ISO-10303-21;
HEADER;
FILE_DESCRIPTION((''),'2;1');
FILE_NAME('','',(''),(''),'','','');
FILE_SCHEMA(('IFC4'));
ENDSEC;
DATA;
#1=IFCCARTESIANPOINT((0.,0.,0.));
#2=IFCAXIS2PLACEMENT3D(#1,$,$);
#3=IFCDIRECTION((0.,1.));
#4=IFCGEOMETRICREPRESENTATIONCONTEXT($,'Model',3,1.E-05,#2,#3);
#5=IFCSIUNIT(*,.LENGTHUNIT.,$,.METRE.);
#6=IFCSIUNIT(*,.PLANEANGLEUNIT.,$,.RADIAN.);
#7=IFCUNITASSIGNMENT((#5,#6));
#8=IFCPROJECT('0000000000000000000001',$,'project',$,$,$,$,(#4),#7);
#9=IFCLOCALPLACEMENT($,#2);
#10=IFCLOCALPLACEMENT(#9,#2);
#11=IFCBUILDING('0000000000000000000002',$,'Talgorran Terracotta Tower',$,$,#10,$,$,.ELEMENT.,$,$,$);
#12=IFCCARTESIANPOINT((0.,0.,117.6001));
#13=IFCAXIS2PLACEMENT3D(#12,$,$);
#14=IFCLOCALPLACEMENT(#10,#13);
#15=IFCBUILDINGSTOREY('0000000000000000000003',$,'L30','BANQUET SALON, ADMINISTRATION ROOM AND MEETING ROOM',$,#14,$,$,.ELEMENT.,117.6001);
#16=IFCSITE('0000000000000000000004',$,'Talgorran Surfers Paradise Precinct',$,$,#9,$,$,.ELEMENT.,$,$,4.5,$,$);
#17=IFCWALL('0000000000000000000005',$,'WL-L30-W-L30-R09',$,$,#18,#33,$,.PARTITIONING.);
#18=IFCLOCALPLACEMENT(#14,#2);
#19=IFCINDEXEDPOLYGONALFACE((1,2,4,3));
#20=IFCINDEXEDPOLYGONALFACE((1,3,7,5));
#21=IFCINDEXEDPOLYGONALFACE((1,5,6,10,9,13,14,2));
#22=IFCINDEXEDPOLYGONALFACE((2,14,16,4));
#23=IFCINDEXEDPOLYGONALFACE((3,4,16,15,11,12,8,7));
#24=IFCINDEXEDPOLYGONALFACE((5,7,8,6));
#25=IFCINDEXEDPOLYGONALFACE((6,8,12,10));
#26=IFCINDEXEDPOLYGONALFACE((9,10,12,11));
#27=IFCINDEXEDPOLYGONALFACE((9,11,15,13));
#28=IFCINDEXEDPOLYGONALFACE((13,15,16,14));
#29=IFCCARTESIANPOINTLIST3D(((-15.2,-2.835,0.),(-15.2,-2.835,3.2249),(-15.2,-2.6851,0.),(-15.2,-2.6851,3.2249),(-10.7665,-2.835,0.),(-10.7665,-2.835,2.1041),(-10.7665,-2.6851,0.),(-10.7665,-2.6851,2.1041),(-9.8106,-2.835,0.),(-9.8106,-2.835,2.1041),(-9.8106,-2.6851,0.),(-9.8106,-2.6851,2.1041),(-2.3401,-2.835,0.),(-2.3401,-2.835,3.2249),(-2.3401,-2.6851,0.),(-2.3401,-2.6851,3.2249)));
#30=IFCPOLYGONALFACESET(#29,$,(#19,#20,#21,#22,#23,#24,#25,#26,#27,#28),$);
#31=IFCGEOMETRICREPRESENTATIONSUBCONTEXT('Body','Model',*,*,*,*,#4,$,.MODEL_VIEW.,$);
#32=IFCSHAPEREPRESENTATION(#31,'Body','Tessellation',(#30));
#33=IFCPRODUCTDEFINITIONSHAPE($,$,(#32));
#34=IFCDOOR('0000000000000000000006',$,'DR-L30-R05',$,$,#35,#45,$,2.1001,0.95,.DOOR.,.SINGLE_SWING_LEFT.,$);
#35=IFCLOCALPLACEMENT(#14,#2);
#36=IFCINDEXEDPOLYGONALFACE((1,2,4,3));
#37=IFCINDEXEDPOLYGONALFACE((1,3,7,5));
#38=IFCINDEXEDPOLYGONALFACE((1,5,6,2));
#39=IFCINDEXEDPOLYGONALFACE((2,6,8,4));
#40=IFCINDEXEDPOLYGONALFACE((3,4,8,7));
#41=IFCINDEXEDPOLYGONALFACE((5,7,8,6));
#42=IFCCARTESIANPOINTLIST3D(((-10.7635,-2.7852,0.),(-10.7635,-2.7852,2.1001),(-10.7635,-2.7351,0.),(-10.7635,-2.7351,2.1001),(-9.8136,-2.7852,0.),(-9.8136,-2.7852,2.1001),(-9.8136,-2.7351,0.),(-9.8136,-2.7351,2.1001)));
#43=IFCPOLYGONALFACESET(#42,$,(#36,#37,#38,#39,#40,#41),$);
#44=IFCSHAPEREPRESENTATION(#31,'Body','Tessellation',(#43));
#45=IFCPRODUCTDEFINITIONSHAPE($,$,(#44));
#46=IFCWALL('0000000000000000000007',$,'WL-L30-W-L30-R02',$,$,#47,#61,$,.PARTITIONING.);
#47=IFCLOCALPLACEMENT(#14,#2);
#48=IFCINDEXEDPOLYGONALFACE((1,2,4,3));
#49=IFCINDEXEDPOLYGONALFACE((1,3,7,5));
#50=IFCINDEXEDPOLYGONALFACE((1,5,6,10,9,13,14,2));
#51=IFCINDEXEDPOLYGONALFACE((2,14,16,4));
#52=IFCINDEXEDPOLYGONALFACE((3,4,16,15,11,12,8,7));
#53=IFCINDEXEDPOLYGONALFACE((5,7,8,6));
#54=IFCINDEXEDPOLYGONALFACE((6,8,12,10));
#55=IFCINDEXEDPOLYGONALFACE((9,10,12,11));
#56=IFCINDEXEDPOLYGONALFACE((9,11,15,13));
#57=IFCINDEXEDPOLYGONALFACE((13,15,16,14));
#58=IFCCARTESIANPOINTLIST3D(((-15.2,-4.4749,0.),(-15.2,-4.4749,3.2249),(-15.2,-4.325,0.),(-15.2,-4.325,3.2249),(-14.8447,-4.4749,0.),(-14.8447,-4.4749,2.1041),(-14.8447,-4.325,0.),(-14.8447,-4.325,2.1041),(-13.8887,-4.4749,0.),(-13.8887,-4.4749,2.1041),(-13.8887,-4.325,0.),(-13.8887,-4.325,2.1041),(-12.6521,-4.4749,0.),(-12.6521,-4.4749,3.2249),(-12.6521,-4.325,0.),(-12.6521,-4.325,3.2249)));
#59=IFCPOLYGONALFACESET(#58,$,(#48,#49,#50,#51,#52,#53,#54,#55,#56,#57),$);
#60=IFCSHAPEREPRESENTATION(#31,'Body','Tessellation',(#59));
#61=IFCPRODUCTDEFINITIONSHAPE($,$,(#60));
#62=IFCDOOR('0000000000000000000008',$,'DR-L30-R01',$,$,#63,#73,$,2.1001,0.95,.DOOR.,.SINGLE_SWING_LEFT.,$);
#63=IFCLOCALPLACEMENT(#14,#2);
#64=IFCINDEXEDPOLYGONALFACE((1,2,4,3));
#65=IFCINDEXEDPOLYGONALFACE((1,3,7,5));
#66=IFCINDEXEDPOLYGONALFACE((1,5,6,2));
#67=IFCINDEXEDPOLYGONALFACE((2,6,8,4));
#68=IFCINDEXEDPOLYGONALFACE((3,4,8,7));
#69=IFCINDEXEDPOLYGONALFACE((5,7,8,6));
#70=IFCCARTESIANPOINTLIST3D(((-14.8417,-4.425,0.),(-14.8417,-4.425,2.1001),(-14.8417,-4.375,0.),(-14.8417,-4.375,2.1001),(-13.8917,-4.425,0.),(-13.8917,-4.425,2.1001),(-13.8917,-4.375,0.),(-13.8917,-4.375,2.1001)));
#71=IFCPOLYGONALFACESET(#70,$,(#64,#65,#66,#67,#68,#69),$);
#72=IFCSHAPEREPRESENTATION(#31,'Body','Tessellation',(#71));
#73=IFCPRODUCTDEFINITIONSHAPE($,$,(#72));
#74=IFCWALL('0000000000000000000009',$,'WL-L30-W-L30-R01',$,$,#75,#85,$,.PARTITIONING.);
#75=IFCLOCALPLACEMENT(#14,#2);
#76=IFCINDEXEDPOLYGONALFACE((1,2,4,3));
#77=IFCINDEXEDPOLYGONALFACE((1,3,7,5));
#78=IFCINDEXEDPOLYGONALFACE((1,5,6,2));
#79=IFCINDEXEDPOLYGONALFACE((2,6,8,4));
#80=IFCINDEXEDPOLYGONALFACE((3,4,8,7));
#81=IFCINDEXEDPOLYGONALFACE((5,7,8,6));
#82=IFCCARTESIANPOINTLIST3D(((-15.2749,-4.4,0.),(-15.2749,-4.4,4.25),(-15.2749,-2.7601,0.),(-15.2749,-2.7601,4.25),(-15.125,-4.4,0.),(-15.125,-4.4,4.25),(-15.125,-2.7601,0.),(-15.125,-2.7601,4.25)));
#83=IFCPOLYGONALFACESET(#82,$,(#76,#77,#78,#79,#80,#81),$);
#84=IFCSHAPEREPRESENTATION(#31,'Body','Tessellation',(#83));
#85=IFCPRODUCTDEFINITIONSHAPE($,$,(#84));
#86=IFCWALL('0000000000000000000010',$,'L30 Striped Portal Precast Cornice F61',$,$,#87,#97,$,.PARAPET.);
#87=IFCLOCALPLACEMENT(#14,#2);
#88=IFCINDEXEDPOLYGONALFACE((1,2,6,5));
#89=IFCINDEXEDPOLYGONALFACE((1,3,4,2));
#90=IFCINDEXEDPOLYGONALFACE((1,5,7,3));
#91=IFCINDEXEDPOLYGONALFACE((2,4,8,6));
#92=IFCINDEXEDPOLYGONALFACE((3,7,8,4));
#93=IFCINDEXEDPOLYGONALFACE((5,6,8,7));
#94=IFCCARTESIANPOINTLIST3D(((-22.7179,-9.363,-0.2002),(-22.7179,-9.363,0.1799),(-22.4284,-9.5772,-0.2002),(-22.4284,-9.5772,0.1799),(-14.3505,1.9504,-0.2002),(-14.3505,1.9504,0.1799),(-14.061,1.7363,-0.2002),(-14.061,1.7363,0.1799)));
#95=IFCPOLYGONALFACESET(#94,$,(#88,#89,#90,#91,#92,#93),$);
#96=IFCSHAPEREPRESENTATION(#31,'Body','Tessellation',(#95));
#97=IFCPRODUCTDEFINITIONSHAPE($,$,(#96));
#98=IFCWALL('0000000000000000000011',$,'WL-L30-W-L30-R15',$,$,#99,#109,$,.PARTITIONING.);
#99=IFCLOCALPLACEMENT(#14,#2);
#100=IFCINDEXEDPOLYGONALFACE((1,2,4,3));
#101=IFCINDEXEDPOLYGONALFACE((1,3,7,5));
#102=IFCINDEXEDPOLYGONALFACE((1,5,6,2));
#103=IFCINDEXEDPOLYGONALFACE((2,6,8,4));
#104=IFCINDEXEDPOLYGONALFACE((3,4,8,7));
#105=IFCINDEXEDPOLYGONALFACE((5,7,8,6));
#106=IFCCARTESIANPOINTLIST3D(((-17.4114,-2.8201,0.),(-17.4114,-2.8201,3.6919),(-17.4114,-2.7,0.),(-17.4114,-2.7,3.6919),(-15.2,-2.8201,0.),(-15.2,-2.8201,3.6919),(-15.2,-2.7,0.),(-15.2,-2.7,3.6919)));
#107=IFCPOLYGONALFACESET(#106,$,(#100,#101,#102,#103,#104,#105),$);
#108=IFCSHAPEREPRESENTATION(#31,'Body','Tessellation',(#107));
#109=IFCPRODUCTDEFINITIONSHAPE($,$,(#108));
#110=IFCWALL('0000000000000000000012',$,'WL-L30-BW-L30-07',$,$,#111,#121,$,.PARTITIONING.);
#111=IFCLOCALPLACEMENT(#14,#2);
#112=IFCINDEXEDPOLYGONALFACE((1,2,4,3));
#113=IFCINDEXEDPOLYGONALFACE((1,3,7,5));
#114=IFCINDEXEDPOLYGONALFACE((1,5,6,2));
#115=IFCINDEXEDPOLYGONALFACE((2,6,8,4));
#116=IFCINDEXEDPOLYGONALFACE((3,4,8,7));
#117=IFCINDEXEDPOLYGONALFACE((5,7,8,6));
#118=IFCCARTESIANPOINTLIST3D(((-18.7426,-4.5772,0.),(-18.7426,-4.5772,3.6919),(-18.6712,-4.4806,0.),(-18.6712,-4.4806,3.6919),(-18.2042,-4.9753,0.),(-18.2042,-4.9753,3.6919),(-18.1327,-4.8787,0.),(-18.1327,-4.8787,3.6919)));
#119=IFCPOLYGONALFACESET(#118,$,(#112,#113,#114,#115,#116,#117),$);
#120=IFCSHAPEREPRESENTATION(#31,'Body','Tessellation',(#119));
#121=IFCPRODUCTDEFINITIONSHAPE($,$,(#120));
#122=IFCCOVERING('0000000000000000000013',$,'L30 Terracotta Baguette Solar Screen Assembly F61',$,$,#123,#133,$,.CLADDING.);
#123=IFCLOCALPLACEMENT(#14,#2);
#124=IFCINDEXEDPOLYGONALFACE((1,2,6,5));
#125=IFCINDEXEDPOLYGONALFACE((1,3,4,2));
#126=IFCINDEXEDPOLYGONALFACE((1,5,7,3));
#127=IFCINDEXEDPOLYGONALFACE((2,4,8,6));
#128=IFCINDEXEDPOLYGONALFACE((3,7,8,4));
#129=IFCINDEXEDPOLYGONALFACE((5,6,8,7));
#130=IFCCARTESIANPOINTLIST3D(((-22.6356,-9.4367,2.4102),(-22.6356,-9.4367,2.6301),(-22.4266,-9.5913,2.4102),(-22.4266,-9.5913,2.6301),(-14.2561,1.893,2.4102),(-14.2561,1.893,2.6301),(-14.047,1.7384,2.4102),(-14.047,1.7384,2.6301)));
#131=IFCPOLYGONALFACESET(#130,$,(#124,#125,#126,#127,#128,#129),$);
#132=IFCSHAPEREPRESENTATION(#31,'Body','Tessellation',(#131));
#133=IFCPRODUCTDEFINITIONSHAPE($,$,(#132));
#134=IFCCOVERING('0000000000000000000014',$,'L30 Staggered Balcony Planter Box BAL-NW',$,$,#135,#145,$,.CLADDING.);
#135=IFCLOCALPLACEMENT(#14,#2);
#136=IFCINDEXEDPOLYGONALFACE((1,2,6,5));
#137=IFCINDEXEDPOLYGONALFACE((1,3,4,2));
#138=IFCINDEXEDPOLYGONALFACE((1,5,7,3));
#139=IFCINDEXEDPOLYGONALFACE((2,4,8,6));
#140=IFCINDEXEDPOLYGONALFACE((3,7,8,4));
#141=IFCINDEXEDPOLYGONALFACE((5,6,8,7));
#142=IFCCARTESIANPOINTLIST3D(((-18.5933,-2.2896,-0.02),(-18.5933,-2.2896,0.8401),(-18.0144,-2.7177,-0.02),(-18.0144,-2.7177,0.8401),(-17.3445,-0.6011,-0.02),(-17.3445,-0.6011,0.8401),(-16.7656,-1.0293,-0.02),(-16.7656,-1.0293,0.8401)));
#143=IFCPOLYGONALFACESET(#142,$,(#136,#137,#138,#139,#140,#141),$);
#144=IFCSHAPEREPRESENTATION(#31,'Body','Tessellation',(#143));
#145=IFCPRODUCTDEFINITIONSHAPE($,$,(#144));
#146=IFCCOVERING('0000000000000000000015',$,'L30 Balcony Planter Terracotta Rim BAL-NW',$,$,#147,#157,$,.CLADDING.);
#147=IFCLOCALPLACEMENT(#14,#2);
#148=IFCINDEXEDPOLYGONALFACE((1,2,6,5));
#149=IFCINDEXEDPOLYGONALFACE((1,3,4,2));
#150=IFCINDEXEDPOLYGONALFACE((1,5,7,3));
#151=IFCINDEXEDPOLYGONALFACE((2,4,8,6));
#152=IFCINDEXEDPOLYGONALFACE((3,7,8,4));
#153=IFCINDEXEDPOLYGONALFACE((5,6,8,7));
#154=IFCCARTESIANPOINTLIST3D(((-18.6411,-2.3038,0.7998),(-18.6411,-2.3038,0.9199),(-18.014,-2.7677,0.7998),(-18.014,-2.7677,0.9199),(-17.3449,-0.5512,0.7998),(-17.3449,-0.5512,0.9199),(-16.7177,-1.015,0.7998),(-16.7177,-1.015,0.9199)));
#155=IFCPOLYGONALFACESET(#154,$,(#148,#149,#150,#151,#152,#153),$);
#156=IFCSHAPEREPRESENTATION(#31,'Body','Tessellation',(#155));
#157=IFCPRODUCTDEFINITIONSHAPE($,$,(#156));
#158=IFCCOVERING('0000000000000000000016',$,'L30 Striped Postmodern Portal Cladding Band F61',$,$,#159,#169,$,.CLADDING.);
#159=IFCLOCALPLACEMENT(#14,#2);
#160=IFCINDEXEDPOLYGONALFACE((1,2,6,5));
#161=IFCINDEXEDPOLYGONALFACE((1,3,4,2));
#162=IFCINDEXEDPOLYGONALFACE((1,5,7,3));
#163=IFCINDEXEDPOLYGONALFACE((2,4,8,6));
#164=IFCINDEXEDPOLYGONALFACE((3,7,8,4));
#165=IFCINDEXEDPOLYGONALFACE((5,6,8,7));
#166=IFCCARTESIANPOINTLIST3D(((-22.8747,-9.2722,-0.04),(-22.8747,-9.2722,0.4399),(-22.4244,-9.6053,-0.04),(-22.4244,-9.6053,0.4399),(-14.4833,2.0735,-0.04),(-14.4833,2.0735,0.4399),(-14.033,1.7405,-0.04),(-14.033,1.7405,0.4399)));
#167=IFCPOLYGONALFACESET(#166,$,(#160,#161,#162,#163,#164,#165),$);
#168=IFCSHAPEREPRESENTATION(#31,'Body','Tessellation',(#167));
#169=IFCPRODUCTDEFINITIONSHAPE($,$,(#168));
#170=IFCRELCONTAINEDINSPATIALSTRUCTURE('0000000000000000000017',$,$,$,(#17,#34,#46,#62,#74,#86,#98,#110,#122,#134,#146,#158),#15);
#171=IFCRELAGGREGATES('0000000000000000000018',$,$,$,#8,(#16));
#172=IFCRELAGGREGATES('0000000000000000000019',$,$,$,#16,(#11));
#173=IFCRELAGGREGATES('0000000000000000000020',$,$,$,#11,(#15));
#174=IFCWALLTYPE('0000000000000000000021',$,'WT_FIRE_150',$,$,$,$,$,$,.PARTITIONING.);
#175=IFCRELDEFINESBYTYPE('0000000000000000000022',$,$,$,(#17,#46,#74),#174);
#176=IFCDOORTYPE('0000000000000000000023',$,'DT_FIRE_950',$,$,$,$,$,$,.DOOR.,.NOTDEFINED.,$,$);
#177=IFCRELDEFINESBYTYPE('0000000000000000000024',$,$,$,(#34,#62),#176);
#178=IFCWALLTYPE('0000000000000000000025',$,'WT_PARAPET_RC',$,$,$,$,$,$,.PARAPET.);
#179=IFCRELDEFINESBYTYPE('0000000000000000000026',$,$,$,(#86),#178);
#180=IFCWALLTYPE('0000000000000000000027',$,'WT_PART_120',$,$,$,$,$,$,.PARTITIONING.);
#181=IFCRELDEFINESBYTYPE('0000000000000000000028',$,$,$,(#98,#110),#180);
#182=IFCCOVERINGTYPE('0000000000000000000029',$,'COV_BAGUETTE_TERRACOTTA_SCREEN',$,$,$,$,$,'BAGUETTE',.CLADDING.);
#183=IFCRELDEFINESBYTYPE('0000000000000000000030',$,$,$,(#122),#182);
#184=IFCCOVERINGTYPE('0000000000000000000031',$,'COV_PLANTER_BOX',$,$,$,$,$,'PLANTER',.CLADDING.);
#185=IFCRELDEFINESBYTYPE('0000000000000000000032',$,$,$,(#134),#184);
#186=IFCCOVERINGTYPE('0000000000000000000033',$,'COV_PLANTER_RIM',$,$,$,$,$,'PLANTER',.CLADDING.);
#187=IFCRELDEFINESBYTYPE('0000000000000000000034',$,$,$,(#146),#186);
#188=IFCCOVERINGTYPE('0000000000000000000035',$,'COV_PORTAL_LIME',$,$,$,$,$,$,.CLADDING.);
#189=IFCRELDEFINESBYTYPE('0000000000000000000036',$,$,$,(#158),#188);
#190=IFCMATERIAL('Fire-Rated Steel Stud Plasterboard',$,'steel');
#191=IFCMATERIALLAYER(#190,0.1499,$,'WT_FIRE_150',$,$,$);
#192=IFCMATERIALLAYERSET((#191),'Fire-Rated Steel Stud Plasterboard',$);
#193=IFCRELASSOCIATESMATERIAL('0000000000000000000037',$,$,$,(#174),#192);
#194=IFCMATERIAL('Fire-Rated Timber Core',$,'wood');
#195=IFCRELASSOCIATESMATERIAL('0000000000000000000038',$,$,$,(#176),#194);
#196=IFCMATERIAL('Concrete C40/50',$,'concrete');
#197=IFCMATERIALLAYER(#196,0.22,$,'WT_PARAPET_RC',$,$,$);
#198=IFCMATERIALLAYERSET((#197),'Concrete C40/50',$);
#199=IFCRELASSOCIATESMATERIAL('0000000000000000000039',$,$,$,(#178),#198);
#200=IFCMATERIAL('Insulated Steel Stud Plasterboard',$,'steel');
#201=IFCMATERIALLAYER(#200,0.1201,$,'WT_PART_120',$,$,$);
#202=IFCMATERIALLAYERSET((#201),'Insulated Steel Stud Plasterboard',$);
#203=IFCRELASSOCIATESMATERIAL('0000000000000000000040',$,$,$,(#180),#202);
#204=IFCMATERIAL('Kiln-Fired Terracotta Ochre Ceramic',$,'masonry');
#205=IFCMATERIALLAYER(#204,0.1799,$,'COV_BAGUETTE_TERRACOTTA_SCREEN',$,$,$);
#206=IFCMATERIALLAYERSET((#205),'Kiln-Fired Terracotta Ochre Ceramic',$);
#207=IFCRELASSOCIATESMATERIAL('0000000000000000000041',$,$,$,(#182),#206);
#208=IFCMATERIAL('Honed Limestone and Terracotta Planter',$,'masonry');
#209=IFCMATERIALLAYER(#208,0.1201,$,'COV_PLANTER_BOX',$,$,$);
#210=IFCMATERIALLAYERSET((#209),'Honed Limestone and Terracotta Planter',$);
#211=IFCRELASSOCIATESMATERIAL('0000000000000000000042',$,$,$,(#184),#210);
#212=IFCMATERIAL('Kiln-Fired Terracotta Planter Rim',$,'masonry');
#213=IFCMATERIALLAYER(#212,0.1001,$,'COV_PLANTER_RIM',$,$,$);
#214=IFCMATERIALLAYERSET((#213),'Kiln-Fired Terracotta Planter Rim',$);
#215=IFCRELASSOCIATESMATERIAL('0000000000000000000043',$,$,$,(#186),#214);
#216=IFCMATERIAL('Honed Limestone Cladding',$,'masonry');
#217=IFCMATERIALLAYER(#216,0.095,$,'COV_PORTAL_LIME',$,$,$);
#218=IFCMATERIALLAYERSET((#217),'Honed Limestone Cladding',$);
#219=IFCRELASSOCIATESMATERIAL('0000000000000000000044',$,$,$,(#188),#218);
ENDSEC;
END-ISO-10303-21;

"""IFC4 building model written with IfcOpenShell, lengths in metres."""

from ifc_helpers import new_model, si_unit, direction, frame, frame_2d, origin, origin_2d, place, context, subcontext, project, spatial, rectangle, extrude, material, layer, layer_set, type_object, element, fill, save


model = new_model("IFC4")

# Units and contexts
model_context = context("Model", 3, precision=1e-05, world=origin(), true_north=direction((0.0, 1.0)))
body_context = subcontext(model_context, "Body", "Model", "MODEL_VIEW")
ifc_project = project(units=[si_unit("LENGTHUNIT", "METRE"), si_unit("PLANEANGLEUNIT", "RADIAN")], contexts=[model_context])

# Site, building, storey
site_placement = place(None, origin())
site = spatial("IfcSite", under=ifc_project, at=site_placement, Name="Talgorran Surfers Paradise Precinct", CompositionType="ELEMENT", RefElevation=4.5)
building_placement = place(site_placement, origin())
building = spatial("IfcBuilding", under=site, at=building_placement, Name="Talgorran Terracotta Tower", CompositionType="ELEMENT")
storey_placement = place(building_placement, frame((0.0, 0.0, 117.6001)))
storey = spatial("IfcBuildingStorey", under=building, at=storey_placement, Name="L30", Description="BANQUET SALON, ADMINISTRATION ROOM AND MEETING ROOM", CompositionType="ELEMENT", Elevation=117.6001)

# Walls, openings, doors
ifc_material_1 = material(Name="Fire-Rated Steel Stud Plasterboard", Category="steel")
ifc_layer_1 = layer(ifc_material_1, 0.1499, Name="WT_FIRE_150")
ifc_layer_set_1 = layer_set([ifc_layer_1], Name="Fire-Rated Steel Stud Plasterboard")
wall_type_1 = type_object("IfcWallType", Name="WT_FIRE_150", PredefinedType="PARTITIONING", material=ifc_layer_set_1)
wall_1_placement = place(storey_placement, frame((-15.2, -2.76, 0.0), z_axis=(0.0, 0.0, 1.0), x_axis=(1.0, 0.0, 0.0)))
wall_1 = element("IfcWall", 1, at=wall_1_placement, inside=storey, type_object=wall_type_1, Name="WL-L30-W-L30-R09", PredefinedType="PARTITIONING", context=body_context, shape_type="SweptSolid", body=[
    extrude(rectangle(XDim=12.8599, YDim=0.1499, at=frame_2d((6.4299, 0.0))), origin(), (0.0, 0.0, 1.0), 3.2249),
])
opening_1_placement = place(wall_1_placement, frame((4.4363, 0.0, 0.0)))
opening_1 = element("IfcOpeningElement", 2, at=opening_1_placement, cuts=wall_1, PredefinedType="OPENING", context=body_context, shape_type="SweptSolid", body=[
    extrude(rectangle(XDim=0.956, YDim=2.1041, at=frame_2d((0.4751, 1.052))), frame((0.0, 0.085, 0.0), z_axis=(0.0, -1.0, 0.0), x_axis=(1.0, 0.0, 0.0)), (0.0, 0.0, 1.0), 0.1699),
])
ifc_material_2 = material(Name="Fire-Rated Timber Core", Category="wood")
door_type_1 = type_object("IfcDoorType", Name="DT_FIRE_950", OperationType="NOTDEFINED", PredefinedType="DOOR", material=ifc_material_2)
door_1_placement = place(opening_1_placement, origin())
door_1 = element("IfcDoor", 3, at=door_1_placement, inside=storey, type_object=door_type_1, Name="DR-L30-R05", OperationType="SINGLE_SWING_LEFT", OverallHeight=2.1001, OverallWidth=0.95, PredefinedType="DOOR", context=body_context, shape_type="SweptSolid", body=[
    extrude(rectangle(XDim=0.95, YDim=2.1001, at=frame_2d((0.4751, 1.05))), frame((0.0, 0.0249, 0.0), z_axis=(0.0, -1.0, 0.0), x_axis=(1.0, 0.0, 0.0)), (0.0, 0.0, 1.0), 0.05),
])
fill(opening_1, door_1)
wall_2_placement = place(storey_placement, frame((-15.2, -4.3999, 0.0), z_axis=(0.0, 0.0, 1.0), x_axis=(1.0, 0.0, 0.0)))
wall_2 = element("IfcWall", 4, at=wall_2_placement, inside=storey, type_object=wall_type_1, Name="WL-L30-W-L30-R02", PredefinedType="PARTITIONING", context=body_context, shape_type="SweptSolid", body=[
    extrude(rectangle(XDim=2.5479, YDim=0.1499, at=frame_2d((1.2739, 0.0))), origin(), (0.0, 0.0, 1.0), 3.2249),
])
opening_2_placement = place(wall_2_placement, frame((0.3582, 0.0, 0.0)))
opening_2 = element("IfcOpeningElement", 5, at=opening_2_placement, cuts=wall_2, PredefinedType="OPENING", context=body_context, shape_type="SweptSolid", body=[
    extrude(rectangle(XDim=0.956, YDim=2.1041, at=frame_2d((0.4751, 1.052))), frame((0.0, 0.085, 0.0), z_axis=(0.0, -1.0, 0.0), x_axis=(1.0, 0.0, 0.0)), (0.0, 0.0, 1.0), 0.1699),
])
door_2_placement = place(opening_2_placement, origin())
door_2 = element("IfcDoor", 6, at=door_2_placement, inside=storey, type_object=door_type_1, Name="DR-L30-R01", OperationType="SINGLE_SWING_LEFT", OverallHeight=2.1001, OverallWidth=0.95, PredefinedType="DOOR", context=body_context, shape_type="SweptSolid", body=[
    extrude(rectangle(XDim=0.95, YDim=2.1001, at=frame_2d((0.4751, 1.05))), frame((0.0, 0.0249, 0.0), z_axis=(0.0, -1.0, 0.0), x_axis=(1.0, 0.0, 0.0)), (0.0, 0.0, 1.0), 0.05),
])
fill(opening_2, door_2)

# Walls
wall_3_placement = place(storey_placement, frame((-15.2, -4.3999, 0.0), z_axis=(0.0, 0.0, 1.0), x_axis=(0.0, 1.0, 0.0)))
element("IfcWall", 7, at=wall_3_placement, inside=storey, type_object=wall_type_1, Name="WL-L30-W-L30-R01", PredefinedType="PARTITIONING", context=body_context, shape_type="SweptSolid", body=[
    extrude(rectangle(XDim=1.6399, YDim=0.1499, at=frame_2d((0.8198, 0.0))), origin(), (0.0, 0.0, 1.0), 4.25),
])
ifc_material_3 = material(Name="Concrete C40/50", Category="concrete")
ifc_layer_2 = layer(ifc_material_3, 0.22, Name="WT_PARAPET_RC")
ifc_layer_set_2 = layer_set([ifc_layer_2], Name="Concrete C40/50")
wall_type_2 = type_object("IfcWallType", Name="WT_PARAPET_RC", PredefinedType="PARAPET", material=ifc_layer_set_2)
wall_4_placement = place(storey_placement, frame((-14.2058, 1.8433, -0.2002), z_axis=(0.0, 0.0, 1.0), x_axis=(-0.594634, -0.803996, 0.0)))
element("IfcWall", 8, at=wall_4_placement, inside=storey, type_object=wall_type_2, Name="L30 Striped Portal Precast Cornice F61", PredefinedType="PARAPET", context=body_context, shape_type="SweptSolid", body=[
    extrude(rectangle(XDim=14.0715, YDim=0.3601, at=frame_2d((7.0356, 0.0))), origin(), (0.0, 0.0, 1.0), 0.3801),
])
ifc_material_4 = material(Name="Insulated Steel Stud Plasterboard", Category="steel")
ifc_layer_3 = layer(ifc_material_4, 0.1201, Name="WT_PART_120")
ifc_layer_set_3 = layer_set([ifc_layer_3], Name="Insulated Steel Stud Plasterboard")
wall_type_3 = type_object("IfcWallType", Name="WT_PART_120", PredefinedType="PARTITIONING", material=ifc_layer_set_3)
wall_5_placement = place(storey_placement, frame((-17.4114, -2.76, 0.0), z_axis=(0.0, 0.0, 1.0), x_axis=(1.0, 0.0, 0.0)))
element("IfcWall", 9, at=wall_5_placement, inside=storey, type_object=wall_type_3, Name="WL-L30-W-L30-R15", PredefinedType="PARTITIONING", context=body_context, shape_type="SweptSolid", body=[
    extrude(rectangle(XDim=2.2114, YDim=0.1201, at=frame_2d((1.1057, 0.0))), origin(), (0.0, 0.0, 1.0), 3.6919),
])
wall_6_placement = place(storey_placement, frame((-18.707, -4.5288, 0.0), z_axis=(0.0, 0.0, 1.0), x_axis=(0.804093, -0.594504, 0.0)))
element("IfcWall", 10, at=wall_6_placement, inside=storey, type_object=wall_type_3, Name="WL-L30-BW-L30-07", PredefinedType="PARTITIONING", context=body_context, shape_type="SweptSolid", body=[
    extrude(rectangle(XDim=0.6697, YDim=0.1201, at=frame_2d((0.335, 0.0))), origin(), (0.0, 0.0, 1.0), 3.6919),
])

# Coverings
ifc_material_5 = material(Name="Kiln-Fired Terracotta Ochre Ceramic", Category="masonry")
ifc_layer_4 = layer(ifc_material_5, 0.1799, Name="COV_BAGUETTE_TERRACOTTA_SCREEN")
ifc_layer_set_4 = layer_set([ifc_layer_4], Name="Kiln-Fired Terracotta Ochre Ceramic")
covering_type_1 = type_object("IfcCoveringType", Name="COV_BAGUETTE_TERRACOTTA_SCREEN", ElementType="BAGUETTE", PredefinedType="CLADDING", material=ifc_layer_set_4)
covering_1_placement = place(storey_placement, frame((-18.3413, -3.8491, 2.4102), z_axis=(0.0, 0.0, 1.0), x_axis=(-0.59464, -0.803992, 0.0)))
element("IfcCovering", 11, at=covering_1_placement, inside=storey, type_object=covering_type_1, Name="L30 Terracotta Baguette Solar Screen Assembly F61", PredefinedType="CLADDING", context=body_context, shape_type="SweptSolid", body=[
    extrude(rectangle(XDim=14.0918, YDim=0.26, at=origin_2d()), origin(), (0.0, 0.0, 1.0), 0.22),
])
ifc_material_6 = material(Name="Honed Limestone and Terracotta Planter", Category="masonry")
ifc_layer_5 = layer(ifc_material_6, 0.1201, Name="COV_PLANTER_BOX")
ifc_layer_set_5 = layer_set([ifc_layer_5], Name="Honed Limestone and Terracotta Planter")
covering_type_2 = type_object("IfcCoveringType", Name="COV_PLANTER_BOX", ElementType="PLANTER", PredefinedType="CLADDING", material=ifc_layer_set_5)
covering_2_placement = place(storey_placement, frame((-17.6794, -1.6594, -0.02), z_axis=(0.0, 0.0, 1.0), x_axis=(-0.59464, -0.803992, 0.0)))
element("IfcCovering", 12, at=covering_2_placement, inside=storey, type_object=covering_type_2, Name="L30 Staggered Balcony Planter Box BAL-NW", PredefinedType="CLADDING", context=body_context, shape_type="SweptSolid", body=[
    extrude(rectangle(XDim=2.1001, YDim=0.72, at=origin_2d()), origin(), (0.0, 0.0, 1.0), 0.8601),
])
ifc_material_7 = material(Name="Kiln-Fired Terracotta Planter Rim", Category="masonry")
ifc_layer_6 = layer(ifc_material_7, 0.1001, Name="COV_PLANTER_RIM")
ifc_layer_set_6 = layer_set([ifc_layer_6], Name="Kiln-Fired Terracotta Planter Rim")
covering_type_3 = type_object("IfcCoveringType", Name="COV_PLANTER_RIM", ElementType="PLANTER", PredefinedType="CLADDING", material=ifc_layer_set_6)
covering_3_placement = place(storey_placement, frame((-17.6794, -1.6594, 0.7998), z_axis=(0.0, 0.0, 1.0), x_axis=(-0.59464, -0.803992, 0.0)))
element("IfcCovering", 13, at=covering_3_placement, inside=storey, type_object=covering_type_3, Name="L30 Balcony Planter Terracotta Rim BAL-NW", PredefinedType="CLADDING", context=body_context, shape_type="SweptSolid", body=[
    extrude(rectangle(XDim=2.1799, YDim=0.78, at=origin_2d()), origin(), (0.0, 0.0, 1.0), 0.1201),
])
ifc_material_8 = material(Name="Honed Limestone Cladding", Category="masonry")
ifc_layer_7 = layer(ifc_material_8, 0.095, Name="COV_PORTAL_LIME")
ifc_layer_set_7 = layer_set([ifc_layer_7], Name="Honed Limestone Cladding")
covering_type_4 = type_object("IfcCoveringType", Name="COV_PORTAL_LIME", PredefinedType="CLADDING", material=ifc_layer_set_7)
covering_4_placement = place(storey_placement, frame((-18.4539, -3.7659, -0.04), z_axis=(0.0, 0.0, 1.0), x_axis=(-0.59464, -0.803992, 0.0)))
element("IfcCovering", 14, at=covering_4_placement, inside=storey, type_object=covering_type_4, Name="L30 Striped Postmodern Portal Cladding Band F61", PredefinedType="CLADDING", context=body_context, shape_type="SweptSolid", body=[
    extrude(rectangle(XDim=14.1118, YDim=0.5601, at=origin_2d()), origin(), (0.0, 0.0, 1.0), 0.48),
])

save(model, "model.ifc")
